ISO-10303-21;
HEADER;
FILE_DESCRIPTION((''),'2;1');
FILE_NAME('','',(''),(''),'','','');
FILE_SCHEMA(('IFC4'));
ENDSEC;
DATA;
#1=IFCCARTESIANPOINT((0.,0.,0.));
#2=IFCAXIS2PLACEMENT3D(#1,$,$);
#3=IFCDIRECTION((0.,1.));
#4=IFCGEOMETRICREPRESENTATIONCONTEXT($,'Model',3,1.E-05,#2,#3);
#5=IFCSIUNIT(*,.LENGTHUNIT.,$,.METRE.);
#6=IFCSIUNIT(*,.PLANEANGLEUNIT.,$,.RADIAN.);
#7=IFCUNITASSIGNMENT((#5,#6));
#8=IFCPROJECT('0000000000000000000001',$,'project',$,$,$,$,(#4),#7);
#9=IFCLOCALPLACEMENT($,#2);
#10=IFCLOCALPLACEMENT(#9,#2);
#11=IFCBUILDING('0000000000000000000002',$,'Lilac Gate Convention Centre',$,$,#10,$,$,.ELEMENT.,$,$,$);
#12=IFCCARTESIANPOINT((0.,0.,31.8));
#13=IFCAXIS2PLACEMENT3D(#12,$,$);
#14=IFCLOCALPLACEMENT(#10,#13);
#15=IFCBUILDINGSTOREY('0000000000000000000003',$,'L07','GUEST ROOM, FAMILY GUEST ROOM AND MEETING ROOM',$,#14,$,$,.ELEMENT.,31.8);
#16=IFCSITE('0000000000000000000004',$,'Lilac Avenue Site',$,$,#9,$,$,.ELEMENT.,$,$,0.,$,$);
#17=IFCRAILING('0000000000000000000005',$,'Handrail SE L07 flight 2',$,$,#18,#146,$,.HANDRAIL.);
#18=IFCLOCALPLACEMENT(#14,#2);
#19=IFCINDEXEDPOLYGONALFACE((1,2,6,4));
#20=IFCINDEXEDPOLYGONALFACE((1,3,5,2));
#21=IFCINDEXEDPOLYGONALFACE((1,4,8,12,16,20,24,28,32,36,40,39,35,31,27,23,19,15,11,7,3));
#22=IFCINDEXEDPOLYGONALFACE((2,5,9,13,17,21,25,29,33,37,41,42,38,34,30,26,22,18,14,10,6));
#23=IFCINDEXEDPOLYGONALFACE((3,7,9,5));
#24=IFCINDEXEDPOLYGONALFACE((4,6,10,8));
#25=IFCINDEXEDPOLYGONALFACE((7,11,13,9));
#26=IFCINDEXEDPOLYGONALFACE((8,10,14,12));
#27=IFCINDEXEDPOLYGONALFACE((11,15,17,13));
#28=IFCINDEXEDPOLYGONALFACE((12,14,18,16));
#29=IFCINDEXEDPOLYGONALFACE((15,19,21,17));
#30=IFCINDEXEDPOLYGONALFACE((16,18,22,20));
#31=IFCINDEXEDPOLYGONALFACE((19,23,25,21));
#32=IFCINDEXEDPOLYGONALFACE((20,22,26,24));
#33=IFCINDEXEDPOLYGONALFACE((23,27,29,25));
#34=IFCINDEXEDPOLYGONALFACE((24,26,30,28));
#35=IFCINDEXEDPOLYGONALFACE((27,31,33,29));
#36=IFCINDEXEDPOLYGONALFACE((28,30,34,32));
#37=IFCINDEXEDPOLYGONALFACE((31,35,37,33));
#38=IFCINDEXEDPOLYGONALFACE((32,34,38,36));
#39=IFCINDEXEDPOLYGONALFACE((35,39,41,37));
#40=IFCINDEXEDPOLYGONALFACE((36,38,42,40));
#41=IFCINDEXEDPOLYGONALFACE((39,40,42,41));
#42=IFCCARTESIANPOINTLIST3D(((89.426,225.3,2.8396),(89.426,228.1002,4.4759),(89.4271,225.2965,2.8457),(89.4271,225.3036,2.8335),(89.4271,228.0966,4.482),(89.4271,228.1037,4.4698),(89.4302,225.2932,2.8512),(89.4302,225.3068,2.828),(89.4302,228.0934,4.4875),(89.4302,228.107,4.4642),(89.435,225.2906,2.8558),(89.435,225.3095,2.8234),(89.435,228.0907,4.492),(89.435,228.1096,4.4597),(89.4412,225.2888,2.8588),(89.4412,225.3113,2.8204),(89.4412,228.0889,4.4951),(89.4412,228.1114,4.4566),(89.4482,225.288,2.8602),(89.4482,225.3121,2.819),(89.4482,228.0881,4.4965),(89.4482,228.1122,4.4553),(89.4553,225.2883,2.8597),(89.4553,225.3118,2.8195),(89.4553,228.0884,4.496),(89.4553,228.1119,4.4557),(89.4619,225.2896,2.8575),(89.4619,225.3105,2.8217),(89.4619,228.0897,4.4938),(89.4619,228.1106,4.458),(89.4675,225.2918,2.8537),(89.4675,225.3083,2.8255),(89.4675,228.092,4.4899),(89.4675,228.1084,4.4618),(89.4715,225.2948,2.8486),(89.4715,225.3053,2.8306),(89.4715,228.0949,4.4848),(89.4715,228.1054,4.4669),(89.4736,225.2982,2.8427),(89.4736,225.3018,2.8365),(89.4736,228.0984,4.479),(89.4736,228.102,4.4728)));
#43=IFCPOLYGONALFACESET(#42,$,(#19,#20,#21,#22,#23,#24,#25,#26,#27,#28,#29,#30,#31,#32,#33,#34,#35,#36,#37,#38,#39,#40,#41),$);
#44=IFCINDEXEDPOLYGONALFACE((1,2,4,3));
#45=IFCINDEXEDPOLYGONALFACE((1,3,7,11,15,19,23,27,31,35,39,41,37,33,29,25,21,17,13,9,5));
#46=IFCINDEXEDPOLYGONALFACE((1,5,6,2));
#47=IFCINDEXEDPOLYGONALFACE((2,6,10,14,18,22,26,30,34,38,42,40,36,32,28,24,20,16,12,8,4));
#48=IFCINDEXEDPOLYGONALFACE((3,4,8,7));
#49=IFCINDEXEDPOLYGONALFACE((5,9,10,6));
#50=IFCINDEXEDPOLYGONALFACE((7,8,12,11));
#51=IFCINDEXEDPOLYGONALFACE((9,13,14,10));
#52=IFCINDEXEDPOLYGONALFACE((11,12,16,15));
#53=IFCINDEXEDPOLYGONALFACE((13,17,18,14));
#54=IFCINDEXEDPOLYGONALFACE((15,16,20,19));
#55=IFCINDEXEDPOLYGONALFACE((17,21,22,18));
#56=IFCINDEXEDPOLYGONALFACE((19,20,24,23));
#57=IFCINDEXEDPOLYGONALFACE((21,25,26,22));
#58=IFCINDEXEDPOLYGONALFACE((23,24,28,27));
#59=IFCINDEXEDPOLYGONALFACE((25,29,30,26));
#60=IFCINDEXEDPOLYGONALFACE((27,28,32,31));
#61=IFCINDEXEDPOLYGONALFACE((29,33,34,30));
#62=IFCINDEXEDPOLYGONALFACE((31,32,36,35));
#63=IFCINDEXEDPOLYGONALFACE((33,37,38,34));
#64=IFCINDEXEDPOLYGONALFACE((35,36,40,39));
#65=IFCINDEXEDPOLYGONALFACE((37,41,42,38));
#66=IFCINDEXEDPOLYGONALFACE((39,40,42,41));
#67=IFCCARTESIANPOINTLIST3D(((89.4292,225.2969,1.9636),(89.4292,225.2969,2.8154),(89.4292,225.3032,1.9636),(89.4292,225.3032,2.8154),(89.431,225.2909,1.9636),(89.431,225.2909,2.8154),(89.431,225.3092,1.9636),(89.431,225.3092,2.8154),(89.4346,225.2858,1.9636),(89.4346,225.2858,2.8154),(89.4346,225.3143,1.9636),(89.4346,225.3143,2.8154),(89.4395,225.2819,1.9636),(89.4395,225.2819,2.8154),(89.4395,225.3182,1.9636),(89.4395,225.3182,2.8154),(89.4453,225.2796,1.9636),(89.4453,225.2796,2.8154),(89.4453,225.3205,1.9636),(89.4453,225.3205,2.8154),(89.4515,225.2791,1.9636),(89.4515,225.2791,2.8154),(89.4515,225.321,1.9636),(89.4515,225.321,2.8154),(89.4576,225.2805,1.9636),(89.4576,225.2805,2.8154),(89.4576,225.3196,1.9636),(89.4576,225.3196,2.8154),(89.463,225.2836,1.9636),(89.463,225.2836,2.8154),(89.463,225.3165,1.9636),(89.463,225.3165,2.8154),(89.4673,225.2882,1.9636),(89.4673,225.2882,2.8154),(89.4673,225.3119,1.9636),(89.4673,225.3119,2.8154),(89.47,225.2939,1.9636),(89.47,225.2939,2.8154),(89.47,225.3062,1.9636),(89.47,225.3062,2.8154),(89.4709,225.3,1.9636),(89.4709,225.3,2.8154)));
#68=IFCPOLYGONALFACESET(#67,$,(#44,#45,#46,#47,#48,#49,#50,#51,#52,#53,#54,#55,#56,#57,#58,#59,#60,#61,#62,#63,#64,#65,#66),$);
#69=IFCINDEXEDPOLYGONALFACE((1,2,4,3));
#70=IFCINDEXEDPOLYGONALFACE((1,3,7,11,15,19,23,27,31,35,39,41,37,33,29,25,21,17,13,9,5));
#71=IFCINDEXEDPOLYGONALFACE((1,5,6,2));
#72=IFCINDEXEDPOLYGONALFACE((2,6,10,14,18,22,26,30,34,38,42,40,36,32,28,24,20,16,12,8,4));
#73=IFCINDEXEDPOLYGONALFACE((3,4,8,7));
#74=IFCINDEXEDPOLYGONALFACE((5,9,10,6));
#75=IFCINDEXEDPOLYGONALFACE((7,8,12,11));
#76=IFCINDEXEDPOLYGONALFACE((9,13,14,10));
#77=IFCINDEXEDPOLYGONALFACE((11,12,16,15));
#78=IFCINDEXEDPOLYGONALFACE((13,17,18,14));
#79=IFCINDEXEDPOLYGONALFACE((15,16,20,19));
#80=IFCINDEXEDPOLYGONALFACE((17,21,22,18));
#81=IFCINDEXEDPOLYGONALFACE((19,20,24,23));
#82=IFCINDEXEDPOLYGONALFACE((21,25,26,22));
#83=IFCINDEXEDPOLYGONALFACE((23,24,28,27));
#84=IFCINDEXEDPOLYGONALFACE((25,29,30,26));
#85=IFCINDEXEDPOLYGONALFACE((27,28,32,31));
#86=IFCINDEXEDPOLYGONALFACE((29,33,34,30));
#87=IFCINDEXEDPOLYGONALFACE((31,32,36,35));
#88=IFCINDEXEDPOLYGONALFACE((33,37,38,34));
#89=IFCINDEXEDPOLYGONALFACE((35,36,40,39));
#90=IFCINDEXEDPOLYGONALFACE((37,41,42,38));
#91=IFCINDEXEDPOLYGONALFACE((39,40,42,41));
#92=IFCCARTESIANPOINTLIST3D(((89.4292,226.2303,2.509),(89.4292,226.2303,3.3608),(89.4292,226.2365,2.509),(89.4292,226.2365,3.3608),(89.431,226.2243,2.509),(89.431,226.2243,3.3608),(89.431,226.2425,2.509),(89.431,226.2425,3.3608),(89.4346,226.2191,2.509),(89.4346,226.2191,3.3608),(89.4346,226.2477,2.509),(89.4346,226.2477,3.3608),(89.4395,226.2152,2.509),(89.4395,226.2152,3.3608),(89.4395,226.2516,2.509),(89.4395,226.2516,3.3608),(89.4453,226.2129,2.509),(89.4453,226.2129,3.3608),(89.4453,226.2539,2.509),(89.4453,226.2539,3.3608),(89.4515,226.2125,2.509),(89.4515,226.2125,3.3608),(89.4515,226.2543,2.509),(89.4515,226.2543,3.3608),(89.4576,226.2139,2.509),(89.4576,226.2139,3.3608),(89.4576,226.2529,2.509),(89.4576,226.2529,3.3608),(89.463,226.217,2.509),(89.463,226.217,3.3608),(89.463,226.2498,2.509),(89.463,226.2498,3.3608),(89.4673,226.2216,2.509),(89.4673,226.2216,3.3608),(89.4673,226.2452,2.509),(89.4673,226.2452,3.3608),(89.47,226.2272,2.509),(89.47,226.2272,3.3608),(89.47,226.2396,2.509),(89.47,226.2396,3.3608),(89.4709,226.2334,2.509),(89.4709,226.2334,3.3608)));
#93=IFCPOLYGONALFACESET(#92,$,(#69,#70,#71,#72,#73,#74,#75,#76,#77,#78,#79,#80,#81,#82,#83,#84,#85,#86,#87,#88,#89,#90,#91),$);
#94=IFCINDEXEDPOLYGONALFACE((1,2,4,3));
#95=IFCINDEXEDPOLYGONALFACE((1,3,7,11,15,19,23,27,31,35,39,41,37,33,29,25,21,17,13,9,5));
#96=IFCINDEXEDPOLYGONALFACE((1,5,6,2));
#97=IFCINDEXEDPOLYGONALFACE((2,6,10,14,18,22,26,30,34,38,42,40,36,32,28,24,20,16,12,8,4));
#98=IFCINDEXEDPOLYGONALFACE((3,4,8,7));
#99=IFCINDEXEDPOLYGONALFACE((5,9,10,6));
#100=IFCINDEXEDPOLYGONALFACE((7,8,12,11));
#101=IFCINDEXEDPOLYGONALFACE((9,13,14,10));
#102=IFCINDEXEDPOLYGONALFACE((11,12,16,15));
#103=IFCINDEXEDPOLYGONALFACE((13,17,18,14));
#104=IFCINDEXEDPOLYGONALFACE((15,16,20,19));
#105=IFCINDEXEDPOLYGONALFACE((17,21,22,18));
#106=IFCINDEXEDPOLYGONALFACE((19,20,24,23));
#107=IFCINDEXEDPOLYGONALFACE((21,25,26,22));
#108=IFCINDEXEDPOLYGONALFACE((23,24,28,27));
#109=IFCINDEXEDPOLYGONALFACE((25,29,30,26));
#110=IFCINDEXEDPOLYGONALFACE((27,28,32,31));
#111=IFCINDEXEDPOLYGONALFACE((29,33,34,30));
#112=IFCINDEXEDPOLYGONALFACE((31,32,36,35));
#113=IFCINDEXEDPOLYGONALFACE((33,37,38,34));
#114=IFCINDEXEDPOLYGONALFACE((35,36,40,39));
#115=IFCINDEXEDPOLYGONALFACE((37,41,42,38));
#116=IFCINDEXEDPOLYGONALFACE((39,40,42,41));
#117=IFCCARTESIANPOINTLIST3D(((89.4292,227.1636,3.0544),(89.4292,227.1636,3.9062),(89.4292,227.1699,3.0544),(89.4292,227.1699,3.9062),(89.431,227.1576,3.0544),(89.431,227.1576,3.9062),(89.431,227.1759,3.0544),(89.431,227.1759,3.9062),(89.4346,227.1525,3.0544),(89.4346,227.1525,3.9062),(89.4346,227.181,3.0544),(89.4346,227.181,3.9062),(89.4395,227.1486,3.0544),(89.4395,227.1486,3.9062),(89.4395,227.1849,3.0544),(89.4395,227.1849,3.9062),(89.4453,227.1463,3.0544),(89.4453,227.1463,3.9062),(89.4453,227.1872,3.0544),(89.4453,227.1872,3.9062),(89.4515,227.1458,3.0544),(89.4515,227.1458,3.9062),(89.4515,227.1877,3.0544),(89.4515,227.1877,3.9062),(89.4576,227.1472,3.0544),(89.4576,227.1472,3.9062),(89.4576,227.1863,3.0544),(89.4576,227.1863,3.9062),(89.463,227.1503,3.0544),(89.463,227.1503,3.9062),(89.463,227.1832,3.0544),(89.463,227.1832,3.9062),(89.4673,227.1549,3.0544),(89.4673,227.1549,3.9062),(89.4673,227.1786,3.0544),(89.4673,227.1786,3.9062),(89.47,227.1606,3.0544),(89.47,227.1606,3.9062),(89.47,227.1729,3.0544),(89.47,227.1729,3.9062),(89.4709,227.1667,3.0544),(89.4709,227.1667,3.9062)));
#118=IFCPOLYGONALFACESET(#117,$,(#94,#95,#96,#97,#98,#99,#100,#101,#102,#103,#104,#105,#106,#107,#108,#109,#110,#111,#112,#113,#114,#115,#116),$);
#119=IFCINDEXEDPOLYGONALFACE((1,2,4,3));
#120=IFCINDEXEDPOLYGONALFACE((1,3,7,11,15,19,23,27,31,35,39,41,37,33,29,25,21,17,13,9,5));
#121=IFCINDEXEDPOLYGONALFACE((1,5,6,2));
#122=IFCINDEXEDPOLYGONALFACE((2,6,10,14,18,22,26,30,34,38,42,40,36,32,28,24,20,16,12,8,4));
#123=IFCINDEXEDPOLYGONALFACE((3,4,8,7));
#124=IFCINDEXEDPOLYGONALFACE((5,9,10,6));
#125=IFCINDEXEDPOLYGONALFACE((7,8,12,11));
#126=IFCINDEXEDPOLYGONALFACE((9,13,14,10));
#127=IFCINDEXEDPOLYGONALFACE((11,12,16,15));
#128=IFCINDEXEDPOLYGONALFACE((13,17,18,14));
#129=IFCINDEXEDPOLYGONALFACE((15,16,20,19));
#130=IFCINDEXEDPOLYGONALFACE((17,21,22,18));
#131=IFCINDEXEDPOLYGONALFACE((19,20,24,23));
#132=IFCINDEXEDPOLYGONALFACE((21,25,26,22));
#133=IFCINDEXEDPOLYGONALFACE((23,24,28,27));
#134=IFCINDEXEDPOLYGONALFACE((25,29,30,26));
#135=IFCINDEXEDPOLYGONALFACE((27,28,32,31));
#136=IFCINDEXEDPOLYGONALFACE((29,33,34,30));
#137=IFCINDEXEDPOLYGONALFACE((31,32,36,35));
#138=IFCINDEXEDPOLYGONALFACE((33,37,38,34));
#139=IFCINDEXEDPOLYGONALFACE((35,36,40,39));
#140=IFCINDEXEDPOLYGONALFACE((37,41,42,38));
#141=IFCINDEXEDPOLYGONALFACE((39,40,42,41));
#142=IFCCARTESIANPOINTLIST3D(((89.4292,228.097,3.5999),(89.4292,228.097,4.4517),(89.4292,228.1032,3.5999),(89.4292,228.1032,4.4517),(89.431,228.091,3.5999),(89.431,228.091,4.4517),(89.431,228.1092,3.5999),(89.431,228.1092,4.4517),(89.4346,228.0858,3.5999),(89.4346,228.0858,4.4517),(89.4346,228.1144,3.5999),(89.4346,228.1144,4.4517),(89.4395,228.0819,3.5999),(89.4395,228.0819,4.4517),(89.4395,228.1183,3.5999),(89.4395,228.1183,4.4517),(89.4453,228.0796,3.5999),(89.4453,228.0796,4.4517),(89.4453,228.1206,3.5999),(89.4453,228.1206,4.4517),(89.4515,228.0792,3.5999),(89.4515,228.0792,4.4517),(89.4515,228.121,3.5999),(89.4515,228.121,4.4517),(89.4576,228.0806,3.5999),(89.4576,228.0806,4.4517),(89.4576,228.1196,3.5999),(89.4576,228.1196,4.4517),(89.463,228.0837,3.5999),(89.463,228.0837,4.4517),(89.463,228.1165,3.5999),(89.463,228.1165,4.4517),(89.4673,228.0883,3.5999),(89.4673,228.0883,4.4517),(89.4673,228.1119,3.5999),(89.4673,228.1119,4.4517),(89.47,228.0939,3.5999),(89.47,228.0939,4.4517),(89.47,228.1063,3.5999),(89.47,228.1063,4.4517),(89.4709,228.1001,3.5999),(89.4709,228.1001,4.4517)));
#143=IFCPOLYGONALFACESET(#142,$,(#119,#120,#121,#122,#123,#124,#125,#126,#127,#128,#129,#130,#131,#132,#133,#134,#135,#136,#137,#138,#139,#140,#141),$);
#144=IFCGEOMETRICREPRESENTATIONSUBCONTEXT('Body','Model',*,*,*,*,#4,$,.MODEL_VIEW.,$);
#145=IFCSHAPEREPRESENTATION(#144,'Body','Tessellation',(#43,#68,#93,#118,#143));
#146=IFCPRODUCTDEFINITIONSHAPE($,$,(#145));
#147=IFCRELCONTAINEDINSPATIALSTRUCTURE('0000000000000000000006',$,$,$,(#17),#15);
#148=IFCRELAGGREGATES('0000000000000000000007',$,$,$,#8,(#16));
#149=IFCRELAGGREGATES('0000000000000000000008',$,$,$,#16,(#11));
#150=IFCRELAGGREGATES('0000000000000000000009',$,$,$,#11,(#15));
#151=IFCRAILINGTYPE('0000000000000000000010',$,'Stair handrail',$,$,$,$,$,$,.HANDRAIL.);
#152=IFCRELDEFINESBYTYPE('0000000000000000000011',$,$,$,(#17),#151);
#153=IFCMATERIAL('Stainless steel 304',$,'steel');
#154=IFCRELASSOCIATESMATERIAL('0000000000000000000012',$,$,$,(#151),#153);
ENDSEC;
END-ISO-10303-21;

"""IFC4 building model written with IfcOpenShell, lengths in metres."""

from ifc_helpers import new_model, si_unit, direction, frame, origin, origin_2d, place, context, subcontext, project, spatial, circle, extrude, material, type_object, element, save


model = new_model("IFC4")

# Units and contexts
model_context = context("Model", 3, precision=1e-05, world=origin(), true_north=direction((0.0, 1.0)))
body_context = subcontext(model_context, "Body", "Model", "MODEL_VIEW")
ifc_project = project(units=[si_unit("LENGTHUNIT", "METRE"), si_unit("PLANEANGLEUNIT", "RADIAN")], contexts=[model_context])

# Site, building, storey
site_placement = place(None, origin())
site = spatial("IfcSite", under=ifc_project, at=site_placement, Name="Lilac Avenue Site", CompositionType="ELEMENT", RefElevation=0.0)
building_placement = place(site_placement, origin())
building = spatial("IfcBuilding", under=site, at=building_placement, Name="Lilac Gate Convention Centre", CompositionType="ELEMENT")
storey_placement = place(building_placement, frame((0.0, 0.0, 31.8)))
storey = spatial("IfcBuildingStorey", under=building, at=storey_placement, Name="L07", Description="GUEST ROOM, FAMILY GUEST ROOM AND MEETING ROOM", CompositionType="ELEMENT", Elevation=31.8)

# Railing
ifc_material_1 = material(Name="Stainless steel 304", Category="steel")
railing_type = type_object("IfcRailingType", Name="Stair handrail", PredefinedType="HANDRAIL", material=ifc_material_1)
for number, where, name in (
    (1, (89.45, 225.3, 1.9636), "Handrail SE L07 flight 2"),
):
    element("IfcRailing", number, at=place(storey_placement, frame(where)), inside=storey, type_object=railing_type, Name=name, PredefinedType="HANDRAIL", context=body_context, shape_type="SweptSolid", body=[
        extrude(circle(Radius=0.0239, at=origin_2d()), frame((0.0, 0.0, 0.876), z_axis=(0.0, 0.863394, 0.504531), x_axis=(-1.0, 0.0, 0.0)), (0.0, 0.0, 1.0), 3.2432),
        extrude(circle(Radius=0.021, at=origin_2d()), origin(), (0.0, 0.0, 1.0), 0.8518),
        extrude(circle(Radius=0.021, at=origin_2d()), frame((0.0, 0.9333, 0.5454)), (0.0, 0.0, 1.0), 0.8518),
        extrude(circle(Radius=0.021, at=origin_2d()), frame((0.0, 1.8667, 1.0908)), (0.0, 0.0, 1.0), 0.8518),
        extrude(circle(Radius=0.021, at=origin_2d()), frame((0.0, 2.8, 1.6362)), (0.0, 0.0, 1.0), 0.8518),
    ])

save(model, "model.ifc")
